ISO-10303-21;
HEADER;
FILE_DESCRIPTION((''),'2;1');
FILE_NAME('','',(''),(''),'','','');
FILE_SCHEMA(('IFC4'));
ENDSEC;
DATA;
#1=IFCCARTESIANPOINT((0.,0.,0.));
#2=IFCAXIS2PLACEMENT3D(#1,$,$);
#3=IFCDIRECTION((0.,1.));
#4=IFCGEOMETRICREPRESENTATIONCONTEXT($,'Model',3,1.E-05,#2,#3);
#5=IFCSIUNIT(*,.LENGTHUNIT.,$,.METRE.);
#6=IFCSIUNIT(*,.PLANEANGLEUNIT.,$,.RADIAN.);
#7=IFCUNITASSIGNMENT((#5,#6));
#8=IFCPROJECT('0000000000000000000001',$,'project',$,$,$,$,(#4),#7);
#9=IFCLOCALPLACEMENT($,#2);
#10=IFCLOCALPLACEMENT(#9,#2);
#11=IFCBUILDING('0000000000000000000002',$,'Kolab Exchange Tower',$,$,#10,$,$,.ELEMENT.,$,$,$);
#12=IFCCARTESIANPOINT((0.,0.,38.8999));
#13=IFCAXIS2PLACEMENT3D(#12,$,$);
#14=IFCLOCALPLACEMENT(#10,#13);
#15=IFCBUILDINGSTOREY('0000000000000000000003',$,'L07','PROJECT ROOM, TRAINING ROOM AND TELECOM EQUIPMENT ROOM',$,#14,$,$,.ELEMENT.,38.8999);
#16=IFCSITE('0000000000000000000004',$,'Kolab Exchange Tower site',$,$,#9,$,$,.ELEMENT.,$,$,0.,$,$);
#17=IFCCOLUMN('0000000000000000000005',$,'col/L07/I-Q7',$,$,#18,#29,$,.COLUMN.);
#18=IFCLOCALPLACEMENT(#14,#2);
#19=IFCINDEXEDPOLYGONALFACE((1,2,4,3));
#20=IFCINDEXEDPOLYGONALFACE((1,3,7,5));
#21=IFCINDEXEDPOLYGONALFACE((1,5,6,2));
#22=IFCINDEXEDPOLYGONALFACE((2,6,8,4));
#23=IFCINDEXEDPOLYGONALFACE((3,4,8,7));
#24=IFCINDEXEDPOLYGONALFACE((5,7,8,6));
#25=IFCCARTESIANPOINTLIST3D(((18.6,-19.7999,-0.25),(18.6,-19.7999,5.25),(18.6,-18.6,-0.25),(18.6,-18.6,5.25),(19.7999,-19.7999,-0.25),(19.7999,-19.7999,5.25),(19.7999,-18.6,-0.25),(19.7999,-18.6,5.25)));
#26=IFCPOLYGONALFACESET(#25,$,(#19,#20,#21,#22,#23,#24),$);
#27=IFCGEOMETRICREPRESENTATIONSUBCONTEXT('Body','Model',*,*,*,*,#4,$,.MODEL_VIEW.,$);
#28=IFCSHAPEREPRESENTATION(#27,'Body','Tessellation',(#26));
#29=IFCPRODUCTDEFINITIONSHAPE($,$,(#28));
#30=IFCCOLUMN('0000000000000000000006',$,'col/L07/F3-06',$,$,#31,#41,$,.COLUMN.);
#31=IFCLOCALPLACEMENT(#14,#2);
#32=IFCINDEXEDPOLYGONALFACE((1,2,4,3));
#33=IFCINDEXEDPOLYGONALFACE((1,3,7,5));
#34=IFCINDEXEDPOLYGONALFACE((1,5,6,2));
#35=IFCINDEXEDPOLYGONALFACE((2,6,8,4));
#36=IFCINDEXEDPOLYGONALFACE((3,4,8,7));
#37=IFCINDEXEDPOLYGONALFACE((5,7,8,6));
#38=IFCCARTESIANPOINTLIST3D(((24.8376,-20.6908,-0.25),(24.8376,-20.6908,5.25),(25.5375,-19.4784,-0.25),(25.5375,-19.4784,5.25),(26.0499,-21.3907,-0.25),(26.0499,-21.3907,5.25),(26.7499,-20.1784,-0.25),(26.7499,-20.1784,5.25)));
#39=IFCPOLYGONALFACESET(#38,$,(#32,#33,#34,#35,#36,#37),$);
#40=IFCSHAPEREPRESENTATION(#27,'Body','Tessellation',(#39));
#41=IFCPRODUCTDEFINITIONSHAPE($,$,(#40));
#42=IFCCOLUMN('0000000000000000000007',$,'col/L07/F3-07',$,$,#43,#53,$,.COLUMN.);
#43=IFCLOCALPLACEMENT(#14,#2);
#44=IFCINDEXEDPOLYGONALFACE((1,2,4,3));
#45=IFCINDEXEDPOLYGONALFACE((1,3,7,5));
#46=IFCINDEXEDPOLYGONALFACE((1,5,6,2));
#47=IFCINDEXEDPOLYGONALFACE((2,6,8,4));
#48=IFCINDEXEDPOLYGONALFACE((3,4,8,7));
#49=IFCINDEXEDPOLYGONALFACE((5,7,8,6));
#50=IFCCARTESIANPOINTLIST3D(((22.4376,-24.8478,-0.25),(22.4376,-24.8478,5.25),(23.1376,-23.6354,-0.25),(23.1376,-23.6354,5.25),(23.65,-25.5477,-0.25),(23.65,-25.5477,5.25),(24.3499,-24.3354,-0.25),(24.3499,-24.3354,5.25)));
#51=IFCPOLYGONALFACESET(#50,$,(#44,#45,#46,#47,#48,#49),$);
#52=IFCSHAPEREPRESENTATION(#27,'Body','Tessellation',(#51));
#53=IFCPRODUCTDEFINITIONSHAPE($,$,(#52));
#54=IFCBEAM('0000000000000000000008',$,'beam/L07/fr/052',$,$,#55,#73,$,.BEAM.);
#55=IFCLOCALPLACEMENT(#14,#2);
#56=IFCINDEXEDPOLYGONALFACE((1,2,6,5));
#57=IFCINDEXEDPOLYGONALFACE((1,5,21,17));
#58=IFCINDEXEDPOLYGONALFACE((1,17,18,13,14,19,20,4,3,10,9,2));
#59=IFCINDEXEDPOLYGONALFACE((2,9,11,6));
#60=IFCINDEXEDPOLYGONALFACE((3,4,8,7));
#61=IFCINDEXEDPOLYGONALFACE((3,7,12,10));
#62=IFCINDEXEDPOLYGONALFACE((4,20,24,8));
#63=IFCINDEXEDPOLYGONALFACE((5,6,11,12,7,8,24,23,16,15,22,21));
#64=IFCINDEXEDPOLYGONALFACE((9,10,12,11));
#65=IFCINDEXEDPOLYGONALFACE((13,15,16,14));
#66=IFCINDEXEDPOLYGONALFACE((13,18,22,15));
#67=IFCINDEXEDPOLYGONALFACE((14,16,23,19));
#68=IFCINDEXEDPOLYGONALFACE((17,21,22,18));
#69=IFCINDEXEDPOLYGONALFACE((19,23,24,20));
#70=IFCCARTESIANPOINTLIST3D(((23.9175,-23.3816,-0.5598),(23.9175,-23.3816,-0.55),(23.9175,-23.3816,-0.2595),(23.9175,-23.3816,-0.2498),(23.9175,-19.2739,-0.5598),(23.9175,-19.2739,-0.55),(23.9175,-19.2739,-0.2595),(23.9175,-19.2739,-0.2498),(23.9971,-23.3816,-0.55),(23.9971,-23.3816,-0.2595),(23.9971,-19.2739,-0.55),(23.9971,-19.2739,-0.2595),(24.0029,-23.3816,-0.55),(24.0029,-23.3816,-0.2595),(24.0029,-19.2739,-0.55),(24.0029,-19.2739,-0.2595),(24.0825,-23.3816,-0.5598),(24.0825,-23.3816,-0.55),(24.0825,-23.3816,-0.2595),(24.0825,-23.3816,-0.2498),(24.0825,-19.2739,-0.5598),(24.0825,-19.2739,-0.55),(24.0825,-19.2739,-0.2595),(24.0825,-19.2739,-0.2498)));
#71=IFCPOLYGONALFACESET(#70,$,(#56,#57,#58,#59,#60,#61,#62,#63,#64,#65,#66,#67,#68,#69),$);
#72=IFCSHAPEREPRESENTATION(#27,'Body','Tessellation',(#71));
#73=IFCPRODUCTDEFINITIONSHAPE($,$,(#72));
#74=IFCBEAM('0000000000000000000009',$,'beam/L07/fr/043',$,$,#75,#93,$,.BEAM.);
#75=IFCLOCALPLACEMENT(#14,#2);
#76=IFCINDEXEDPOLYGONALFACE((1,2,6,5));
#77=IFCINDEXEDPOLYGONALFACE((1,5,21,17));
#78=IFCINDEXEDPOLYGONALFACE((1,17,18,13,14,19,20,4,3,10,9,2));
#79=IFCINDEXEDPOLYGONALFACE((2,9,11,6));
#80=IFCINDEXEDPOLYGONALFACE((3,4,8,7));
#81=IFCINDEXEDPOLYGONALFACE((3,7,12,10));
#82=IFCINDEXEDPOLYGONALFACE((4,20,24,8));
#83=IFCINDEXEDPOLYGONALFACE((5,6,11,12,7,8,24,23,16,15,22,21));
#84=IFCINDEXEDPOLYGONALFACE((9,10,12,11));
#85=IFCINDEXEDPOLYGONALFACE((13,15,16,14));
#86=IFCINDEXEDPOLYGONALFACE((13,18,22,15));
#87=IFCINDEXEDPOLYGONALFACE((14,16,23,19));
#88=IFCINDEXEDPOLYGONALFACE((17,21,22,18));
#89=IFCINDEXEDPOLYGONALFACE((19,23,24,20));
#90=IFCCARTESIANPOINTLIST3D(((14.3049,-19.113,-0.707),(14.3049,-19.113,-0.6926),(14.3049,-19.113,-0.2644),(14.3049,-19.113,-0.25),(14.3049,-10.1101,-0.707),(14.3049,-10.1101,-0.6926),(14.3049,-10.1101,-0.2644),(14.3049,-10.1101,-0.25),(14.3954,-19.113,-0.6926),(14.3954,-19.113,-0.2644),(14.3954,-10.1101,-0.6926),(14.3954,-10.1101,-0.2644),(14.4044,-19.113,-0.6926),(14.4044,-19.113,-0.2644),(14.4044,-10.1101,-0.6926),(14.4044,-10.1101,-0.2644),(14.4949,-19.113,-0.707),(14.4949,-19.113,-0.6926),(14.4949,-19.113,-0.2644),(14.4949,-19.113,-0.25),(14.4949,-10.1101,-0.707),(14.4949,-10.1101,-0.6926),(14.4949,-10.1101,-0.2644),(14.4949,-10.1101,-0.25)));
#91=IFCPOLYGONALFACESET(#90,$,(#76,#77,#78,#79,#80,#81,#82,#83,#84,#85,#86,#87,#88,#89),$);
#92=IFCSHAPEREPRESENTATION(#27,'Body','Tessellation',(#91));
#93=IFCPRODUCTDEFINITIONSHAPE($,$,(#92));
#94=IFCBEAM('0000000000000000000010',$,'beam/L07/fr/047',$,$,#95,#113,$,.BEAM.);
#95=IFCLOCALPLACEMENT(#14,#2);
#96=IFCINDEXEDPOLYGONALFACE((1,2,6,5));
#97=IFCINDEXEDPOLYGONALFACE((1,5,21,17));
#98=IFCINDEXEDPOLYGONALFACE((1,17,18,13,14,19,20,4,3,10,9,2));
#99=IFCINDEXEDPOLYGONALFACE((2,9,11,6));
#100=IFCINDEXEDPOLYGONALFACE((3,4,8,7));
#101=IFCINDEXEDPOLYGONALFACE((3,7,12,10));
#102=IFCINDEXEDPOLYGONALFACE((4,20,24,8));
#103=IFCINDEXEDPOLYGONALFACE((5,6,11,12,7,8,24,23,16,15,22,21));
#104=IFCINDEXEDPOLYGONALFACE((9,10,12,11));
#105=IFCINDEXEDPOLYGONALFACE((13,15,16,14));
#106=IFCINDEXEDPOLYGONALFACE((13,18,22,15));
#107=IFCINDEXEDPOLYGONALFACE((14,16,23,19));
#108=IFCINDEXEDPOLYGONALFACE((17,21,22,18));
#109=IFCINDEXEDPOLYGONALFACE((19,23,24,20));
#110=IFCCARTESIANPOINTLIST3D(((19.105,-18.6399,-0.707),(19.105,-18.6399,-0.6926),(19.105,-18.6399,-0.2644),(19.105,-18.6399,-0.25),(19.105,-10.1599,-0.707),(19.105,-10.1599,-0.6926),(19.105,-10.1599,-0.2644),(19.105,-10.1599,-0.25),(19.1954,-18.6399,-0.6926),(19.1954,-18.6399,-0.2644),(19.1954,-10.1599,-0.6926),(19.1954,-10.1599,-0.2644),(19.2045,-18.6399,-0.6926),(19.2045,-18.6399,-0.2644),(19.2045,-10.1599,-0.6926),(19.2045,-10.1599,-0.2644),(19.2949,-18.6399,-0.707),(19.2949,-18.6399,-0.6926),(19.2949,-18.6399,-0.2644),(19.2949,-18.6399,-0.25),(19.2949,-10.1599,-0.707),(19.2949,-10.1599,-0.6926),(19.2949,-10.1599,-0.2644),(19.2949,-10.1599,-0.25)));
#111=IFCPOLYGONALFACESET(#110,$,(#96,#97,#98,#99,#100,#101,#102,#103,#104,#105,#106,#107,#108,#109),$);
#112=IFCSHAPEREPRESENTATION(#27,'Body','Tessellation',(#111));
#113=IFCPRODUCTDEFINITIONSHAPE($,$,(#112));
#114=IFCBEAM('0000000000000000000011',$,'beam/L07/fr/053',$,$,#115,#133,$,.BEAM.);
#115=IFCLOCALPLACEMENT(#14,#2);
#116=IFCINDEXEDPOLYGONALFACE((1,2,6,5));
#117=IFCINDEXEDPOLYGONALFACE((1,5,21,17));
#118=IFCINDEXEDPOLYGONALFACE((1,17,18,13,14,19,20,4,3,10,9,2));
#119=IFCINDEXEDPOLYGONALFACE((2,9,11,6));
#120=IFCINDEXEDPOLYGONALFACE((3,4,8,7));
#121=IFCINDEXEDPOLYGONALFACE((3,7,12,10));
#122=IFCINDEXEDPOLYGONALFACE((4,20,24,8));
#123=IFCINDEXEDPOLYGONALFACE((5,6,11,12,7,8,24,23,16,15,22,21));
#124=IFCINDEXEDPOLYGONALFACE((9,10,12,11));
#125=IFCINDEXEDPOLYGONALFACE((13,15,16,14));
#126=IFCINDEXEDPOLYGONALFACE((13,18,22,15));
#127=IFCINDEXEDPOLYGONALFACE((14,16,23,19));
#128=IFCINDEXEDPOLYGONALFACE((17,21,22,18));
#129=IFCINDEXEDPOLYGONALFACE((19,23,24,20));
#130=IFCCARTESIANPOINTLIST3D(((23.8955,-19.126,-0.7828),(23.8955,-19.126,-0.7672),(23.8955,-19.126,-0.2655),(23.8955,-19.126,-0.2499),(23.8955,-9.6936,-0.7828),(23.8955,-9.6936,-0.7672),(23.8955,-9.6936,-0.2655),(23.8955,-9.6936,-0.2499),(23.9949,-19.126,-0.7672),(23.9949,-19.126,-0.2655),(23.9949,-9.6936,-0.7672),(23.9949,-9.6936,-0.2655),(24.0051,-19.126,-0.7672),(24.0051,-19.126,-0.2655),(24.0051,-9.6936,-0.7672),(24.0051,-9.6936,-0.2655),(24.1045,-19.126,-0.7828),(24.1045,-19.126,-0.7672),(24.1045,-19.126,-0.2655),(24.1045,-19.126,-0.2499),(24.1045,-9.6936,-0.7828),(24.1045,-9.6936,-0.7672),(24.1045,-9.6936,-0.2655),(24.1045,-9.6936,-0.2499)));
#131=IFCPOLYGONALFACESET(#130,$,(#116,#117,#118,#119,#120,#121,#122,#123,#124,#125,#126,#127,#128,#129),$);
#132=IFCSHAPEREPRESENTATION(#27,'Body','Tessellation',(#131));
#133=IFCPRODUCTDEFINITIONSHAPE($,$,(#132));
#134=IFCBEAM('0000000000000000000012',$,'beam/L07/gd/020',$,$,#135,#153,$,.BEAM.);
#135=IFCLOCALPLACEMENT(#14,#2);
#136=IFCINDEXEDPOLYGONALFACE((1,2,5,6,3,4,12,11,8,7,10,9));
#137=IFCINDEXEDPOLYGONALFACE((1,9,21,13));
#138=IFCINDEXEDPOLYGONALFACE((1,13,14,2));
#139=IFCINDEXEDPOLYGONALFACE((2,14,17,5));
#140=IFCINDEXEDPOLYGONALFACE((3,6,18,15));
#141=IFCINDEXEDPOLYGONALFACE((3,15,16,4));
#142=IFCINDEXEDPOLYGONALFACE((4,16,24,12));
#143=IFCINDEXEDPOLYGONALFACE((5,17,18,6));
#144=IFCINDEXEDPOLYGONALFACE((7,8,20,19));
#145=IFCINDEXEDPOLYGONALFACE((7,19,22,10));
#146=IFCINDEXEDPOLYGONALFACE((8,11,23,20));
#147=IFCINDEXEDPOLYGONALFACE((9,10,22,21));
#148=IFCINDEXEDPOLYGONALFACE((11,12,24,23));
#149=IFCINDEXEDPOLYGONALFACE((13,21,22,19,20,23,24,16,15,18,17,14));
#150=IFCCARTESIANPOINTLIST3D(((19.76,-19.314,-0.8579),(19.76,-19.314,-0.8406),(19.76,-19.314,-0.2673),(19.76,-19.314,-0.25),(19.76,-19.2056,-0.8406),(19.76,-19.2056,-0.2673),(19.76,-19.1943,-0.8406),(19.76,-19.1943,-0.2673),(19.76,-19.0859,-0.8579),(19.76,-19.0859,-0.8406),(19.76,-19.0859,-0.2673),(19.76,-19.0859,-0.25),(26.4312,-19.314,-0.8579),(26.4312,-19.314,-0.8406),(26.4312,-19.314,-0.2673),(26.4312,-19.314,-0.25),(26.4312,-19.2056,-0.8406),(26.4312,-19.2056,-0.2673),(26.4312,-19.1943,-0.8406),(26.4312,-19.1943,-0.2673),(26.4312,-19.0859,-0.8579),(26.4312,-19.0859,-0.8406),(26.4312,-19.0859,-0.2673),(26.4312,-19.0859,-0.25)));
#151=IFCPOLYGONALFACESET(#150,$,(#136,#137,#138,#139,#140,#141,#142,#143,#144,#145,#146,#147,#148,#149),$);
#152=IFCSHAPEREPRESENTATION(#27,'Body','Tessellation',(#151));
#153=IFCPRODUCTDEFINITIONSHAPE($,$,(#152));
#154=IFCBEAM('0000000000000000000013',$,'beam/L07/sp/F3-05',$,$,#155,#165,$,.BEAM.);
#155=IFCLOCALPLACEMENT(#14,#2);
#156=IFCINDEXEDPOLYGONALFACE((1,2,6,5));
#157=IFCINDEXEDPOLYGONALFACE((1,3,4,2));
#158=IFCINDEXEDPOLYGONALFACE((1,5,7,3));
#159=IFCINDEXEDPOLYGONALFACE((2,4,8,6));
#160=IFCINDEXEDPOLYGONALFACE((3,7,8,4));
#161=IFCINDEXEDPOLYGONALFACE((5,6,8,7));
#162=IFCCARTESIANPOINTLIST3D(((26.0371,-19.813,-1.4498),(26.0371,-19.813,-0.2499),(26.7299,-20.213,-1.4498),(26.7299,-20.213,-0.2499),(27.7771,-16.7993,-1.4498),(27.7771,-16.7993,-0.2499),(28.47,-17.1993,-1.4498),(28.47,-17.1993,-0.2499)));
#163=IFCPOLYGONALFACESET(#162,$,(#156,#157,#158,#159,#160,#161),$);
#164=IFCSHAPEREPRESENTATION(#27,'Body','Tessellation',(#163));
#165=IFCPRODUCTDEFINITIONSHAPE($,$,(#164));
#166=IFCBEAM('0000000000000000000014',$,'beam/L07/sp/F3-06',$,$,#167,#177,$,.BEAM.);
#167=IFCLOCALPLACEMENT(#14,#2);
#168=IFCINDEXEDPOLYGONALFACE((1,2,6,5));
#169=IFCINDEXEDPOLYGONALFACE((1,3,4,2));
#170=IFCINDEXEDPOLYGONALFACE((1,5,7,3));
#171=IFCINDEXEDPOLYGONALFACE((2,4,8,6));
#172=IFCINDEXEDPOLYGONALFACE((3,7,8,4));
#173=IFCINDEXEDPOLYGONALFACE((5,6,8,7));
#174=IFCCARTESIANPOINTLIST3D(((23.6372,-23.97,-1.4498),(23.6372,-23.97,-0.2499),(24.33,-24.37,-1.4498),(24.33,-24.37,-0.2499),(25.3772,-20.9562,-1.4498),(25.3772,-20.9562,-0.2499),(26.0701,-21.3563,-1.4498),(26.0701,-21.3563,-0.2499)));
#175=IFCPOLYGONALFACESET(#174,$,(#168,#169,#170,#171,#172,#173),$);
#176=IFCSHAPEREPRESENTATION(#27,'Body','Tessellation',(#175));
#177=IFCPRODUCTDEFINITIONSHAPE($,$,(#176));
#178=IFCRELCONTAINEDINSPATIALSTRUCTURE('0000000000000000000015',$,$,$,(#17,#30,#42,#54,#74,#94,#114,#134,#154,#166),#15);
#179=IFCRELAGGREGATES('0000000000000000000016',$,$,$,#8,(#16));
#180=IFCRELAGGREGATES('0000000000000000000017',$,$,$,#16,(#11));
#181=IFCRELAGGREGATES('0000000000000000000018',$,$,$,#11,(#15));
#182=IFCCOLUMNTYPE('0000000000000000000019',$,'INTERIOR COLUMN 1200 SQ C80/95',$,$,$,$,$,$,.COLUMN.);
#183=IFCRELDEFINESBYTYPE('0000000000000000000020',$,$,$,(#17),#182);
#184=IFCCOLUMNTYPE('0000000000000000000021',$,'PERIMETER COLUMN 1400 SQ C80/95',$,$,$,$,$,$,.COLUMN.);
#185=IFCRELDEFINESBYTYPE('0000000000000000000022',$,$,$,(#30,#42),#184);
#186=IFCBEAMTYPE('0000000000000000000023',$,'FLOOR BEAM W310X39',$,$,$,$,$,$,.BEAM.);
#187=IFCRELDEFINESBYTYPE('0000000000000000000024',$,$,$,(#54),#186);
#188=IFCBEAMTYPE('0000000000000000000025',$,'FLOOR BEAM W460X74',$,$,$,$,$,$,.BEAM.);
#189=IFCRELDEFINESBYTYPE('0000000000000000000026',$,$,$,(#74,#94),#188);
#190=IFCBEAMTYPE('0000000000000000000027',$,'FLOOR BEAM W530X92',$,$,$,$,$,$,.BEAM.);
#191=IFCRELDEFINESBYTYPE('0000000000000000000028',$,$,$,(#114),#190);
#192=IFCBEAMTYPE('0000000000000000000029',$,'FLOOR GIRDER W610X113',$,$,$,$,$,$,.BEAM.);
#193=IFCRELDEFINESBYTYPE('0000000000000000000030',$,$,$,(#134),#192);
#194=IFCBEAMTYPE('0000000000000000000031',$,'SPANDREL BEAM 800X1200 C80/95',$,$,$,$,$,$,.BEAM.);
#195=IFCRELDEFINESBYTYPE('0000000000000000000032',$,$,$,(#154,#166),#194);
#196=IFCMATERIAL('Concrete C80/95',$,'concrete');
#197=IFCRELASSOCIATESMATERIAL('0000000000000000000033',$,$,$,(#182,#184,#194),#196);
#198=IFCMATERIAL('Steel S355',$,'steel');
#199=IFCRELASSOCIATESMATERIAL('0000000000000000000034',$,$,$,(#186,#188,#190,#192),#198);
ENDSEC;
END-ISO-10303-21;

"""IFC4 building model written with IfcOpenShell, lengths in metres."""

from ifc_helpers import new_model, si_unit, direction, frame, origin, origin_2d, place, context, subcontext, project, spatial, rectangle, i_section, extrude, material, material_profile, profile_set, type_object, element, save


model = new_model("IFC4")

# Units and contexts
model_context = context("Model", 3, precision=1e-05, world=origin(), true_north=direction((0.0, 1.0)))
body_context = subcontext(model_context, "Body", "Model", "MODEL_VIEW")
ifc_project = project(units=[si_unit("LENGTHUNIT", "METRE"), si_unit("PLANEANGLEUNIT", "RADIAN")], contexts=[model_context])

# Site, building, storey
site_placement = place(None, origin())
site = spatial("IfcSite", under=ifc_project, at=site_placement, Name="Kolab Exchange Tower site", CompositionType="ELEMENT", RefElevation=0.0)
building_placement = place(site_placement, origin())
building = spatial("IfcBuilding", under=site, at=building_placement, Name="Kolab Exchange Tower", CompositionType="ELEMENT")
storey_placement = place(building_placement, frame((0.0, 0.0, 38.8999)))
storey = spatial("IfcBuildingStorey", under=building, at=storey_placement, Name="L07", Description="PROJECT ROOM, TRAINING ROOM AND TELECOM EQUIPMENT ROOM", CompositionType="ELEMENT", Elevation=38.8999)

# Columns
ifc_material_1 = material(Name="Concrete C80/95", Category="concrete")
ifc_material_profile_1 = material_profile(ifc_material_1, rectangle(XDim=1.2, YDim=1.2, at=origin_2d()), Name="RC1200")
ifc_profile_set_1 = profile_set([ifc_material_profile_1], Name="Concrete C80/95")
column_type_1 = type_object("IfcColumnType", Name="INTERIOR COLUMN 1200 SQ C80/95", PredefinedType="COLUMN", material=ifc_profile_set_1)
column_placement = place(storey_placement, frame((19.2, -19.2, -0.25), z_axis=(0.0, 0.0, 1.0), x_axis=(1.0, 0.0, 0.0)))
element("IfcColumn", 1, at=column_placement, inside=storey, type_object=column_type_1, Name="col/L07/I-Q7", PredefinedType="COLUMN", context=body_context, shape_type="SweptSolid", body=[
    extrude(rectangle(XDim=1.2, YDim=1.2, at=origin_2d()), origin(), (0.0, 0.0, 1.0), 5.5),
])
ifc_material_profile_2 = material_profile(ifc_material_1, rectangle(XDim=1.3999, YDim=1.3999, at=origin_2d()), Name="RC1400")
ifc_profile_set_2 = profile_set([ifc_material_profile_2], Name="Concrete C80/95")
column_type_2 = type_object("IfcColumnType", Name="PERIMETER COLUMN 1400 SQ C80/95", PredefinedType="COLUMN", material=ifc_profile_set_2)
for number, where, z_axis, x_axis, name in (
    (2, (25.7937, -20.4346, -0.25), (0.0, 0.0, 1.0), (0.5, 0.866025, 0.0), "col/L07/F3-06"),
    (3, (23.3938, -24.5916, -0.25), (0.0, 0.0, 1.0), (0.5, 0.866025, 0.0), "col/L07/F3-07"),
):
    element("IfcColumn", number, at=place(storey_placement, frame(where, z_axis=z_axis, x_axis=x_axis)), inside=storey, type_object=column_type_2, Name=name, PredefinedType="COLUMN", context=body_context, shape_type="SweptSolid", body=[
        extrude(rectangle(XDim=1.3999, YDim=1.3999, at=origin_2d()), origin(), (0.0, 0.0, 1.0), 5.5),
    ])

# Beams
ifc_material_2 = material(Name="Steel S355", Category="steel")
ifc_material_profile_3 = material_profile(ifc_material_2, i_section(OverallWidth=0.165, OverallDepth=0.3101, WebThickness=0.0059, FlangeThickness=0.0098, at=origin_2d()), Name="W310X39")
ifc_profile_set_3 = profile_set([ifc_material_profile_3], Name="Steel S355")
beam_type_1 = type_object("IfcBeamType", Name="FLOOR BEAM W310X39", PredefinedType="BEAM", material=ifc_profile_set_3)
beam_1_placement = place(storey_placement, frame((24.0, -23.3816, -0.4048), z_axis=(0.0, 1.0, 0.0), x_axis=(-1.0, 0.0, 0.0)))
element("IfcBeam", 4, at=beam_1_placement, inside=storey, type_object=beam_type_1, Name="beam/L07/fr/052", PredefinedType="BEAM", context=body_context, shape_type="SweptSolid", body=[
    extrude(i_section(OverallWidth=0.165, OverallDepth=0.3101, WebThickness=0.0059, FlangeThickness=0.0098, at=origin_2d()), origin(), (0.0, 0.0, 1.0), 4.1077),
])
ifc_material_profile_4 = material_profile(ifc_material_2, i_section(OverallWidth=0.1899, OverallDepth=0.457, WebThickness=0.009, FlangeThickness=0.0144, at=origin_2d()), Name="W460X74")
ifc_profile_set_4 = profile_set([ifc_material_profile_4], Name="Steel S355")
beam_type_2 = type_object("IfcBeamType", Name="FLOOR BEAM W460X74", PredefinedType="BEAM", material=ifc_profile_set_4)
beam_2_placement = place(storey_placement, frame((14.3999, -19.113, -0.4785), z_axis=(0.0, 1.0, 0.0), x_axis=(-1.0, 0.0, 0.0)))
element("IfcBeam", 5, at=beam_2_placement, inside=storey, type_object=beam_type_2, Name="beam/L07/fr/043", PredefinedType="BEAM", context=body_context, shape_type="SweptSolid", body=[
    extrude(i_section(OverallWidth=0.1899, OverallDepth=0.457, WebThickness=0.009, FlangeThickness=0.0144, at=origin_2d()), origin(), (0.0, 0.0, 1.0), 9.0029),
])
beam_3_placement = place(storey_placement, frame((19.2, -18.6399, -0.4785), z_axis=(0.0, 1.0, 0.0), x_axis=(-1.0, 0.0, 0.0)))
element("IfcBeam", 6, at=beam_3_placement, inside=storey, type_object=beam_type_2, Name="beam/L07/fr/047", PredefinedType="BEAM", context=body_context, shape_type="SweptSolid", body=[
    extrude(i_section(OverallWidth=0.1899, OverallDepth=0.457, WebThickness=0.009, FlangeThickness=0.0144, at=origin_2d()), origin(), (0.0, 0.0, 1.0), 8.48),
])
ifc_material_profile_5 = material_profile(ifc_material_2, i_section(OverallWidth=0.209, OverallDepth=0.533, WebThickness=0.0103, FlangeThickness=0.0156, at=origin_2d()), Name="W530X92")
ifc_profile_set_5 = profile_set([ifc_material_profile_5], Name="Steel S355")
beam_type_3 = type_object("IfcBeamType", Name="FLOOR BEAM W530X92", PredefinedType="BEAM", material=ifc_profile_set_5)
beam_4_placement = place(storey_placement, frame((24.0, -19.126, -0.5164), z_axis=(0.0, 1.0, 0.0), x_axis=(-1.0, 0.0, 0.0)))
element("IfcBeam", 7, at=beam_4_placement, inside=storey, type_object=beam_type_3, Name="beam/L07/fr/053", PredefinedType="BEAM", context=body_context, shape_type="SweptSolid", body=[
    extrude(i_section(OverallWidth=0.209, OverallDepth=0.533, WebThickness=0.0103, FlangeThickness=0.0156, at=origin_2d()), origin(), (0.0, 0.0, 1.0), 9.4324),
])
ifc_material_profile_6 = material_profile(ifc_material_2, i_section(OverallWidth=0.228, OverallDepth=0.6079, WebThickness=0.0112, FlangeThickness=0.0173, at=origin_2d()), Name="W610X113")
ifc_profile_set_6 = profile_set([ifc_material_profile_6], Name="Steel S355")
beam_type_4 = type_object("IfcBeamType", Name="FLOOR GIRDER W610X113", PredefinedType="BEAM", material=ifc_profile_set_6)
beam_5_placement = place(storey_placement, frame((19.76, -19.2, -0.554), z_axis=(1.0, 0.0, 0.0), x_axis=(0.0, 1.0, 0.0)))
element("IfcBeam", 8, at=beam_5_placement, inside=storey, type_object=beam_type_4, Name="beam/L07/gd/020", PredefinedType="BEAM", context=body_context, shape_type="SweptSolid", body=[
    extrude(i_section(OverallWidth=0.228, OverallDepth=0.6079, WebThickness=0.0112, FlangeThickness=0.0173, at=origin_2d()), origin(), (0.0, 0.0, 1.0), 6.6711),
])
ifc_material_profile_7 = material_profile(ifc_material_1, rectangle(XDim=0.8, YDim=1.2, at=origin_2d()), Name="RC800X1200")
ifc_profile_set_7 = profile_set([ifc_material_profile_7], Name="Concrete C80/95")
beam_type_5 = type_object("IfcBeamType", Name="SPANDREL BEAM 800X1200 C80/95", PredefinedType="BEAM", material=ifc_profile_set_7)
for number, where, z_axis, x_axis, name in (
    (9, (28.1235, -16.9993, -0.8499), (-0.50001, -0.86602, 0.0), (0.86602, -0.50001, 0.0), "beam/L07/sp/F3-05"),
    (10, (25.7236, -21.1562, -0.8499), (-0.50001, -0.86602, 0.0), (0.86602, -0.50001, 0.0), "beam/L07/sp/F3-06"),
):
    element("IfcBeam", number, at=place(storey_placement, frame(where, z_axis=z_axis, x_axis=x_axis)), inside=storey, type_object=beam_type_5, Name=name, PredefinedType="BEAM", context=body_context, shape_type="SweptSolid", body=[
        extrude(rectangle(XDim=0.8, YDim=1.2, at=origin_2d()), origin(), (0.0, 0.0, 1.0), 3.48),
    ])

save(model, "model.ifc")
